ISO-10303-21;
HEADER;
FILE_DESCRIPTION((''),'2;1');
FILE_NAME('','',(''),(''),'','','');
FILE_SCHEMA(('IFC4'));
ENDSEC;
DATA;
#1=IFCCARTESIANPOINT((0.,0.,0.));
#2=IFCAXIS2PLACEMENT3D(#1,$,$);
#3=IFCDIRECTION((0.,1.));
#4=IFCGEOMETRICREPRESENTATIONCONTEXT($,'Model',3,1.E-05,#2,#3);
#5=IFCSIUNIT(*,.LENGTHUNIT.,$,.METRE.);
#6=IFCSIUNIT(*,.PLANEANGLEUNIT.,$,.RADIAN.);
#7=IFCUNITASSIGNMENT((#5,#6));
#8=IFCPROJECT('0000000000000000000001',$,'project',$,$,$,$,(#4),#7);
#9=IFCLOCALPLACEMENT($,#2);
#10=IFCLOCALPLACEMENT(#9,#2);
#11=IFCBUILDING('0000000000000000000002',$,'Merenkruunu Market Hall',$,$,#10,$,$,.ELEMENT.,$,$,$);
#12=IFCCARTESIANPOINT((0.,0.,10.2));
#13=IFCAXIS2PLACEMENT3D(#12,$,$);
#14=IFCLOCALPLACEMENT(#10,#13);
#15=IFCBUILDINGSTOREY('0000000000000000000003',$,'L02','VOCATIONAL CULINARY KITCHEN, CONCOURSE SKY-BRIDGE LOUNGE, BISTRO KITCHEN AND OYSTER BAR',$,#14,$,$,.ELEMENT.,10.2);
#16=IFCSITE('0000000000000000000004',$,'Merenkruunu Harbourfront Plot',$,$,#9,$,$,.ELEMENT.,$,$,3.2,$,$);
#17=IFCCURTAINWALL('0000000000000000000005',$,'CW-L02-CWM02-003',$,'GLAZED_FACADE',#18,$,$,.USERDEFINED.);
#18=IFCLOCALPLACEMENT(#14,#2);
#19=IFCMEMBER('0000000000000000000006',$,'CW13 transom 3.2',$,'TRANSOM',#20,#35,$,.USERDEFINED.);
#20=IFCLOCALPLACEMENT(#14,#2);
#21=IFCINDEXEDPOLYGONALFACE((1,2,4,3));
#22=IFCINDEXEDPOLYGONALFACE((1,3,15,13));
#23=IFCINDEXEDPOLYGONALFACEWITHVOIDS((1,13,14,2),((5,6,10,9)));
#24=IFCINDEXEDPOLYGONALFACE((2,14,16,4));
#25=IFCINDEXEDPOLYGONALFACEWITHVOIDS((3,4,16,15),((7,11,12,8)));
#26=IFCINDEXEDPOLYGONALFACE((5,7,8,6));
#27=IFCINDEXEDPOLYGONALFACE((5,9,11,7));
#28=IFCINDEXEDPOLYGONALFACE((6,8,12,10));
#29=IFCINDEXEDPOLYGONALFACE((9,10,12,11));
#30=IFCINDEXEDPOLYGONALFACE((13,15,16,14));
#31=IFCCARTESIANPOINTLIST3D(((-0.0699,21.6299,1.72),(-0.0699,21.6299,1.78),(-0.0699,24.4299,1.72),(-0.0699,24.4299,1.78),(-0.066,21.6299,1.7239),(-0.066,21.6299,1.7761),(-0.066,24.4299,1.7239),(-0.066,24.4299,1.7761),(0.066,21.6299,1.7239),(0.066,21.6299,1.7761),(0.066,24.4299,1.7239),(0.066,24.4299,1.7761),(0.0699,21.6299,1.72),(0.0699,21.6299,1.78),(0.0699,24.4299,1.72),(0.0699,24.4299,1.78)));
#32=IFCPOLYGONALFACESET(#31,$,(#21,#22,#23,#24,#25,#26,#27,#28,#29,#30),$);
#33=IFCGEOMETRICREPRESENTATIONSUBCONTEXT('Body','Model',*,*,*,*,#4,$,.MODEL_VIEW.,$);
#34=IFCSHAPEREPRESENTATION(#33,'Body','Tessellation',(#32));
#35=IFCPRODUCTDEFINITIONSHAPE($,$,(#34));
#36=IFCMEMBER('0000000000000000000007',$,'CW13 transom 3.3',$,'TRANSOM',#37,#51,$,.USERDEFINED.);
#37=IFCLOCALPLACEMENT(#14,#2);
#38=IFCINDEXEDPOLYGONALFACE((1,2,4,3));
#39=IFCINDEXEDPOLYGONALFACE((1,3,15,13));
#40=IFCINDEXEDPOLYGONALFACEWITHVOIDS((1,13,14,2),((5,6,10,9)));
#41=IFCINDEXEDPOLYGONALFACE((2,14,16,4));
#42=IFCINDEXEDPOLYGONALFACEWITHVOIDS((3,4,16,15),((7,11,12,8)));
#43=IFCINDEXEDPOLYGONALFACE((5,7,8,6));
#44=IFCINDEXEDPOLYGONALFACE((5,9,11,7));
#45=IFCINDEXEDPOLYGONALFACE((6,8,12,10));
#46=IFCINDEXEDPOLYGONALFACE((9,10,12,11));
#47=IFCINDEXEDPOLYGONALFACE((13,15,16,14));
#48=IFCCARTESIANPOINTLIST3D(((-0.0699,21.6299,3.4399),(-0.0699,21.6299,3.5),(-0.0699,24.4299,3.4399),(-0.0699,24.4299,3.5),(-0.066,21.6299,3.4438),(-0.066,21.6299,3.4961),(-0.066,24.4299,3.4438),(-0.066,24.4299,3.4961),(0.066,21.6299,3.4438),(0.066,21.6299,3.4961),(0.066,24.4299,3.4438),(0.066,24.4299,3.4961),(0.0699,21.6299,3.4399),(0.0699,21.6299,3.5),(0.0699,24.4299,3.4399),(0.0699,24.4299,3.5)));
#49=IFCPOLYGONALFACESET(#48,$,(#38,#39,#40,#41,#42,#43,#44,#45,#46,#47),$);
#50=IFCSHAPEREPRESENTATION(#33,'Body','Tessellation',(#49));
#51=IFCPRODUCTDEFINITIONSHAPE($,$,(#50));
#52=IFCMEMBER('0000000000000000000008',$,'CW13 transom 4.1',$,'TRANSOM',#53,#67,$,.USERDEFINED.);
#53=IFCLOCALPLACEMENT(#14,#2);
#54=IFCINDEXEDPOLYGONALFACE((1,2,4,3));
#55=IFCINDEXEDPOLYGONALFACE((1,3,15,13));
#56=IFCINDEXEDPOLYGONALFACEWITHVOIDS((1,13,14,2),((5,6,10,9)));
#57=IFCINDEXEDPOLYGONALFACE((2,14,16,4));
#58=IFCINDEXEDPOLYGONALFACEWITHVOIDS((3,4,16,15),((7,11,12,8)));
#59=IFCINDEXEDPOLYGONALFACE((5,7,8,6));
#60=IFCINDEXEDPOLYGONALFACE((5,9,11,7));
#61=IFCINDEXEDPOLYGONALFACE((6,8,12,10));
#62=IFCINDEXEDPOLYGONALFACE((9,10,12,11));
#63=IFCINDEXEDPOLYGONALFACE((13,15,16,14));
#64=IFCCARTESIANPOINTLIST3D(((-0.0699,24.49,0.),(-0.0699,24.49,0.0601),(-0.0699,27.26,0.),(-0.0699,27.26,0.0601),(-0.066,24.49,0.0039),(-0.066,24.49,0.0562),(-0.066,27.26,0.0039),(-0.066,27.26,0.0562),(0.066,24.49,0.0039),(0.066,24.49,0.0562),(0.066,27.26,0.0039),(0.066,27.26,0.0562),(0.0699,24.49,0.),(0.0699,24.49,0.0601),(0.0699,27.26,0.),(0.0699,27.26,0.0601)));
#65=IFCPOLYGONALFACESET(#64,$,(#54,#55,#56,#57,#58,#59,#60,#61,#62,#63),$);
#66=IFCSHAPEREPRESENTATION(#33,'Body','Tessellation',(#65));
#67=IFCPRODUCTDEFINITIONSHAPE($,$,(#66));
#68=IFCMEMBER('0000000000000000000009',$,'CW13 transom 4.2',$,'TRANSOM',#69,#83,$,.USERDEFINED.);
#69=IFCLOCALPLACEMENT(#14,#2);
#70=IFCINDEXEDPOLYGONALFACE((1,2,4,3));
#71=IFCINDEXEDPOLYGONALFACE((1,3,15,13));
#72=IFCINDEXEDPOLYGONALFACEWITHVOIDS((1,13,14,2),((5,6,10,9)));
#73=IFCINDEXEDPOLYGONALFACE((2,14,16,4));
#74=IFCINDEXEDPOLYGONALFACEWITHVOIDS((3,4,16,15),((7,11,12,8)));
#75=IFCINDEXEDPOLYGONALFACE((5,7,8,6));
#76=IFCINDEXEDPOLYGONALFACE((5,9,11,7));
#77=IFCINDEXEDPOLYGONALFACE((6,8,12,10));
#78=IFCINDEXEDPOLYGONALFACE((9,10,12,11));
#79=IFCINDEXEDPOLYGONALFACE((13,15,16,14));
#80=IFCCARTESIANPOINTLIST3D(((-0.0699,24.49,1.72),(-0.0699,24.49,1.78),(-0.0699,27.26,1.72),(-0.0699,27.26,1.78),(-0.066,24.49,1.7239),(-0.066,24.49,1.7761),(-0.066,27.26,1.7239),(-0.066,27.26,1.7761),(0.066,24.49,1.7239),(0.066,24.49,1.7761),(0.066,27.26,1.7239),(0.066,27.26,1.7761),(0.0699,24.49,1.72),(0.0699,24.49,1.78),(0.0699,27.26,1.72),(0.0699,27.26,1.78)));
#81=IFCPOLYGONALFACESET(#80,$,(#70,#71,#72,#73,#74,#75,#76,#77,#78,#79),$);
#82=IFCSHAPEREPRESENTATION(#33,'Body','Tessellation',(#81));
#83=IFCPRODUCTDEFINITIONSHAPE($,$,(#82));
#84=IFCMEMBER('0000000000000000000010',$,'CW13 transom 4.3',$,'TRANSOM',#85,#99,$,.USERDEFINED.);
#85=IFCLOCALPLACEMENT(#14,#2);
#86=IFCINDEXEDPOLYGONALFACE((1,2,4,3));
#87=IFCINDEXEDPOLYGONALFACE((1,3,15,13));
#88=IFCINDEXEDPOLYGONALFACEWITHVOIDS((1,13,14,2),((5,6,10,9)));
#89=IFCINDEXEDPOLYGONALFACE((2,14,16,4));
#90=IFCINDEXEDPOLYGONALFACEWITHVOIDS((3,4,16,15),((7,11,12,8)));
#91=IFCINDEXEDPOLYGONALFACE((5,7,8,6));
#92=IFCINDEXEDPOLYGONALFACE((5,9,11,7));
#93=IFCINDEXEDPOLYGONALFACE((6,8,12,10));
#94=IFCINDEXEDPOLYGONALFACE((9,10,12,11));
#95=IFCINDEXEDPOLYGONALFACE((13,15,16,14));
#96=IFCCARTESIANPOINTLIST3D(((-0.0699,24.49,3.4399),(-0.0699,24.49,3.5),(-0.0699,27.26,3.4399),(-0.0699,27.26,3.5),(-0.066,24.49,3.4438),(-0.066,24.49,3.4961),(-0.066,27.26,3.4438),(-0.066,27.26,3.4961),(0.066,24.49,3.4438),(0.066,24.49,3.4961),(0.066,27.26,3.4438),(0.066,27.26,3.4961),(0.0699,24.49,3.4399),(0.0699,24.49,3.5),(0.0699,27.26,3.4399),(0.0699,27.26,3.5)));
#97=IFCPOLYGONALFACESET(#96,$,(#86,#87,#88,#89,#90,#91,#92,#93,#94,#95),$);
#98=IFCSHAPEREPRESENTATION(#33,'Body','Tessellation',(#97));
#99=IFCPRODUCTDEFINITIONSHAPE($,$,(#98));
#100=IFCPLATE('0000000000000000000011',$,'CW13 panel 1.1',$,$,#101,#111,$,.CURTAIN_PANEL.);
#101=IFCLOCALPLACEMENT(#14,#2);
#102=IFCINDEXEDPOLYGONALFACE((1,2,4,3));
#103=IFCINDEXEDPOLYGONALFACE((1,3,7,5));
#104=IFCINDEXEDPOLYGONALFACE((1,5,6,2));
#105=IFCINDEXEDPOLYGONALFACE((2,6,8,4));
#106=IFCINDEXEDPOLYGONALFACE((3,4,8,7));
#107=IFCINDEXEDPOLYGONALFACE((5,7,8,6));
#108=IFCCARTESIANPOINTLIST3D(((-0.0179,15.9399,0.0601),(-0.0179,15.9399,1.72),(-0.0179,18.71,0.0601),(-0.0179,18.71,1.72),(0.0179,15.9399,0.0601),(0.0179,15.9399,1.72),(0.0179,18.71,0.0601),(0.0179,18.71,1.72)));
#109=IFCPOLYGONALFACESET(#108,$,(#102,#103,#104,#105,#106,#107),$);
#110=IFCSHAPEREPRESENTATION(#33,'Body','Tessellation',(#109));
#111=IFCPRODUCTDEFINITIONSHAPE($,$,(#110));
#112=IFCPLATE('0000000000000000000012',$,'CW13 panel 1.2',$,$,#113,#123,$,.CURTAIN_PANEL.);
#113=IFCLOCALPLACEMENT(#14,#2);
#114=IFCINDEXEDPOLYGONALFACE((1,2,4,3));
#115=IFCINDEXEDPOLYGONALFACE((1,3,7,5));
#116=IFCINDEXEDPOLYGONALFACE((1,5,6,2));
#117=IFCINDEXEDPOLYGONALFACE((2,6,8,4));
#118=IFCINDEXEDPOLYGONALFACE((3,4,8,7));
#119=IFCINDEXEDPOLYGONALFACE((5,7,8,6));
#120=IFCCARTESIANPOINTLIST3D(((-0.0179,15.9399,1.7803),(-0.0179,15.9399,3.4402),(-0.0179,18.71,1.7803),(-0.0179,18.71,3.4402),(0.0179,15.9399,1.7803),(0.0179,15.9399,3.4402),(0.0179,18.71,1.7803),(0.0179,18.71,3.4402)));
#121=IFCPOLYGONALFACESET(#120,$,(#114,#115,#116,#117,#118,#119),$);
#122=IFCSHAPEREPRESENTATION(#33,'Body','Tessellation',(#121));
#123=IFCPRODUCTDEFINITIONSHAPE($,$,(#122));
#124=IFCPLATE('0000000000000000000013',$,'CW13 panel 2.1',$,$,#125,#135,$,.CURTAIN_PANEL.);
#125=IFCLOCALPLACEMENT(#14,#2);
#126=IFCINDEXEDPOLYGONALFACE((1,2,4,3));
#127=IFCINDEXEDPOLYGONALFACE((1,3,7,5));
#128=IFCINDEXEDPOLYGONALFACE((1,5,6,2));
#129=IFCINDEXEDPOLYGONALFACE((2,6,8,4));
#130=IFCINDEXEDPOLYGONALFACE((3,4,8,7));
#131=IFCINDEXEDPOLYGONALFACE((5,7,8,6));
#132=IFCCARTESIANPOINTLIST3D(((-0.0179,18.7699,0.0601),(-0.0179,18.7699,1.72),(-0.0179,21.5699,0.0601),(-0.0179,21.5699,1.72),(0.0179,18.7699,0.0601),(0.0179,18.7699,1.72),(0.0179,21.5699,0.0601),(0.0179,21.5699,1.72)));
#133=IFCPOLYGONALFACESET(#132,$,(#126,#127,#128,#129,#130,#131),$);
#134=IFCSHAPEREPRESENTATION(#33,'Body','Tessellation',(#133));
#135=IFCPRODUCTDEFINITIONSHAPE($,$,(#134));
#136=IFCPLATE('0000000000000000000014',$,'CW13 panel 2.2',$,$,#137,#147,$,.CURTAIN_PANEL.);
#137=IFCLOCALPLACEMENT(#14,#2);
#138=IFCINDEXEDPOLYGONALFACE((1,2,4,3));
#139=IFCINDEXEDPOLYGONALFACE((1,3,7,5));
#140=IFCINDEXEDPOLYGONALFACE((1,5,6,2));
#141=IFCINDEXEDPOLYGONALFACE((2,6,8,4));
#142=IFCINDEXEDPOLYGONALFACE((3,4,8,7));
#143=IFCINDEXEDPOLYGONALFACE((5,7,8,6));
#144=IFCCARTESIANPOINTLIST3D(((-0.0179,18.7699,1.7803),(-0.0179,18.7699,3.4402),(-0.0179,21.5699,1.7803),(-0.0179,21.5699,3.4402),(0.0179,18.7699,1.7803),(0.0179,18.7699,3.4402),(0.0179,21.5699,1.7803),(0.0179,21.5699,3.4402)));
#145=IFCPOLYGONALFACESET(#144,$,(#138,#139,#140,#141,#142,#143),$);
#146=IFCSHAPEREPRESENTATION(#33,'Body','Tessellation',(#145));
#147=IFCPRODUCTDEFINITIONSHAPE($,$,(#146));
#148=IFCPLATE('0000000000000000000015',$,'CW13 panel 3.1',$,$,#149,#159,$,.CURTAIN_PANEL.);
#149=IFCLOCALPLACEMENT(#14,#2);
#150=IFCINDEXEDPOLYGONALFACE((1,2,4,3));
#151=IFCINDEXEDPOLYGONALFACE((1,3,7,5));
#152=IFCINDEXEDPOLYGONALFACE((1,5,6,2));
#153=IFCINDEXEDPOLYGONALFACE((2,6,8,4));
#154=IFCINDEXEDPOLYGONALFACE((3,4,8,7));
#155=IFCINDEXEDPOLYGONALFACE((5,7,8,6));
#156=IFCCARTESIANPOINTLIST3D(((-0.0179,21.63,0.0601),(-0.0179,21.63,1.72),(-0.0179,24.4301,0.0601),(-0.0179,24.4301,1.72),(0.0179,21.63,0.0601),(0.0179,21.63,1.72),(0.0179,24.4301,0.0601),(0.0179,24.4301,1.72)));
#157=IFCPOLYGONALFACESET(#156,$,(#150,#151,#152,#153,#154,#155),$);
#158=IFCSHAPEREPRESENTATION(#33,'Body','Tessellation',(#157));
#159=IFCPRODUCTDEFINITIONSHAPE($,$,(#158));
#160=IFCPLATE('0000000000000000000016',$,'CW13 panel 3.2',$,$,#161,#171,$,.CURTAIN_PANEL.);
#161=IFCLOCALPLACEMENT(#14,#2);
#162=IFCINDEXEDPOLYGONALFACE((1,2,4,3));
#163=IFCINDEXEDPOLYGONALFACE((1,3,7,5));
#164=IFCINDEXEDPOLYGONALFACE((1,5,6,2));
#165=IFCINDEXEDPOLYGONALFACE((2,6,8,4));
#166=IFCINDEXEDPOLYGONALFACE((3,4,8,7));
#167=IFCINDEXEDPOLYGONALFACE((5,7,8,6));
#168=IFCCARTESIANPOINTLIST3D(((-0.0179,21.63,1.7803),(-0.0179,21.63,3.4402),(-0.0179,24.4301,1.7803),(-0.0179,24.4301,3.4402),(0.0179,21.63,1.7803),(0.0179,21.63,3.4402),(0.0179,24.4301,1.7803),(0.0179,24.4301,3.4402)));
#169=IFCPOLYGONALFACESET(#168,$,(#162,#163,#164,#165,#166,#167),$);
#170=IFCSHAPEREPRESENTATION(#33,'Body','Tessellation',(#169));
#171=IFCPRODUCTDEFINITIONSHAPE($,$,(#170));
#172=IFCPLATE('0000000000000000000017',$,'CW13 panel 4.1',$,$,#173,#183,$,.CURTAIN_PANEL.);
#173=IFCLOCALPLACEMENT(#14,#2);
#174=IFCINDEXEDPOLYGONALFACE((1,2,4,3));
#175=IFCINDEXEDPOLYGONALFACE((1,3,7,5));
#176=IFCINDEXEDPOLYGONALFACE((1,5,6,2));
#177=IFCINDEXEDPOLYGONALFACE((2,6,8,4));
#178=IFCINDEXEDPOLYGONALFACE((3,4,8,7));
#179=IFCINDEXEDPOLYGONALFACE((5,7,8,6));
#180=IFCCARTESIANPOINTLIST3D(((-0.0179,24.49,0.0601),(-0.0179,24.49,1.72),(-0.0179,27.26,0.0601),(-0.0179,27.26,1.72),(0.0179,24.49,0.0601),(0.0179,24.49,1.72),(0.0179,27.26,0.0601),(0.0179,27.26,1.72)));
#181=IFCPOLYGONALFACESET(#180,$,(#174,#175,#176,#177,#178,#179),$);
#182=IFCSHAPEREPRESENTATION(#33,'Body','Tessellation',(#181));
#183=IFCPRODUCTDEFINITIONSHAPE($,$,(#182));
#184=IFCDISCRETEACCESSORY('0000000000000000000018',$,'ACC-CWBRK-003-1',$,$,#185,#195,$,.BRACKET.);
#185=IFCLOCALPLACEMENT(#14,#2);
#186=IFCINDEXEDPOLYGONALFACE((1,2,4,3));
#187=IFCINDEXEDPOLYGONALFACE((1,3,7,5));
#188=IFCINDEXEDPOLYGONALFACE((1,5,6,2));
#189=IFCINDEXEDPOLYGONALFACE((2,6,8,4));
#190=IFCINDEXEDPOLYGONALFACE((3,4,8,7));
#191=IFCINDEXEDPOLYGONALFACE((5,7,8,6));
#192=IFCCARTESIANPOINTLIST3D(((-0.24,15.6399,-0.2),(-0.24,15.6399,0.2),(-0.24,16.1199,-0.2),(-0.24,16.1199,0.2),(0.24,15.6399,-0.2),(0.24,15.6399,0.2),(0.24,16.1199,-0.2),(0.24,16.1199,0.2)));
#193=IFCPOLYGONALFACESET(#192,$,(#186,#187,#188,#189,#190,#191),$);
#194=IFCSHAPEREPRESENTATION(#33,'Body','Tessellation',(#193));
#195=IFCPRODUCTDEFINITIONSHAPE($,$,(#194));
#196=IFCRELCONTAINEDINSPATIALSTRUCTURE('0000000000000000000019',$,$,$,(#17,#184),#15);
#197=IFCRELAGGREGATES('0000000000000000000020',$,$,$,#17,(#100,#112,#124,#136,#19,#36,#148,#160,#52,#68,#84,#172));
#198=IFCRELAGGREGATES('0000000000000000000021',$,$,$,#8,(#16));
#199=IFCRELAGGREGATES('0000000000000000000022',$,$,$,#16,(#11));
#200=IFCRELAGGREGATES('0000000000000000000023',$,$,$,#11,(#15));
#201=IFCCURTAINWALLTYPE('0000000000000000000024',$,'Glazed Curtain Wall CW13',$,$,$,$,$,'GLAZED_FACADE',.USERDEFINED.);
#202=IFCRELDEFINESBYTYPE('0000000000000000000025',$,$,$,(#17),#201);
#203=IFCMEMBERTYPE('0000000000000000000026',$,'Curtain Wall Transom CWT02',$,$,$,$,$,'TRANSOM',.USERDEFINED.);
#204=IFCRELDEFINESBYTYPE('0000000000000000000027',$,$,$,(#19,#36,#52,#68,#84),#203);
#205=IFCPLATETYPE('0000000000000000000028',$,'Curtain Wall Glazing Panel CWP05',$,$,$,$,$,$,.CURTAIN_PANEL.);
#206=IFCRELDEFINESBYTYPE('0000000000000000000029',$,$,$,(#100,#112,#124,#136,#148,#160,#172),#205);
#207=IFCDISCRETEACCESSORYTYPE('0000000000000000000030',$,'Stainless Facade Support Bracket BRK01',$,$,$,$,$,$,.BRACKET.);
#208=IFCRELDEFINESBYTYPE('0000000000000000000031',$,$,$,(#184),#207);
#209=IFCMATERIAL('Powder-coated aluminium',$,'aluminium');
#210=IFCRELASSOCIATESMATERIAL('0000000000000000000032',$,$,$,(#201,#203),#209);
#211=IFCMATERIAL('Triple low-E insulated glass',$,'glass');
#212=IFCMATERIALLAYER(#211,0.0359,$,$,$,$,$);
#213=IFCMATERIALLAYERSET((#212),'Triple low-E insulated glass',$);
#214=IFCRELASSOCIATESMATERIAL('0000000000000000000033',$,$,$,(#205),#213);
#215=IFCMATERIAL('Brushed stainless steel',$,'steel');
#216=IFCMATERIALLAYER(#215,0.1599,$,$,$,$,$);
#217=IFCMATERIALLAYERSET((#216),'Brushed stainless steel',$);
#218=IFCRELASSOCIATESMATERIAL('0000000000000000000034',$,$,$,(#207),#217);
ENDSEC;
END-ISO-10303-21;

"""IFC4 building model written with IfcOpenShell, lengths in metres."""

from ifc_helpers import new_model, si_unit, direction, frame, origin, origin_2d, place, context, subcontext, project, spatial, rectangle, hollow_rectangle, extrude, material, layer, layer_set, material_profile, profile_set, type_object, element, aggregate, save


model = new_model("IFC4")

# Units and contexts
model_context = context("Model", 3, precision=1e-05, world=origin(), true_north=direction((0.0, 1.0)))
body_context = subcontext(model_context, "Body", "Model", "MODEL_VIEW")
ifc_project = project(units=[si_unit("LENGTHUNIT", "METRE"), si_unit("PLANEANGLEUNIT", "RADIAN")], contexts=[model_context])

# Site, building, storey
site_placement = place(None, origin())
site = spatial("IfcSite", under=ifc_project, at=site_placement, Name="Merenkruunu Harbourfront Plot", CompositionType="ELEMENT", RefElevation=3.2)
building_placement = place(site_placement, origin())
building = spatial("IfcBuilding", under=site, at=building_placement, Name="Merenkruunu Market Hall", CompositionType="ELEMENT")
storey_placement = place(building_placement, frame((0.0, 0.0, 10.2)))
storey = spatial("IfcBuildingStorey", under=building, at=storey_placement, Name="L02", Description="VOCATIONAL CULINARY KITCHEN, CONCOURSE SKY-BRIDGE LOUNGE, BISTRO KITCHEN AND OYSTER BAR", CompositionType="ELEMENT", Elevation=10.2)

# Curtain wall, members, plates
ifc_material_1 = material(Name="Powder-coated aluminium", Category="aluminium")
curtain_wall_type = type_object("IfcCurtainWallType", Name="Glazed Curtain Wall CW13", ElementType="GLAZED_FACADE", PredefinedType="USERDEFINED", material=ifc_material_1)
curtain_wall_placement = place(storey_placement, origin())
curtain_wall = element("IfcCurtainWall", 1, at=curtain_wall_placement, inside=storey, type_object=curtain_wall_type, Name="CW-L02-CWM02-003", ObjectType="GLAZED_FACADE", PredefinedType="USERDEFINED")
ifc_material_profile_1 = material_profile(ifc_material_1, hollow_rectangle(XDim=0.0601, YDim=0.1399, WallThickness=0.0039, at=origin_2d()), Name="ALU 60x140x4")
ifc_profile_set_1 = profile_set([ifc_material_profile_1], Name="Powder-coated aluminium")
member_type_1 = type_object("IfcMemberType", Name="Curtain Wall Transom CWT02", ElementType="TRANSOM", PredefinedType="USERDEFINED", material=ifc_profile_set_1)
member_1_placement = place(storey_placement, frame((0.0, 21.6299, 1.75), z_axis=(0.0, 1.0, 0.0), x_axis=(0.0, 0.0, 1.0)))
member_1 = element("IfcMember", 2, at=member_1_placement, type_object=member_type_1, Name="CW13 transom 3.2", ObjectType="TRANSOM", PredefinedType="USERDEFINED", context=body_context, shape_type="SweptSolid", body=[
    extrude(hollow_rectangle(XDim=0.0601, YDim=0.1399, WallThickness=0.0039, at=origin_2d()), origin(), (0.0, 0.0, 1.0), 2.8),
])
member_2_placement = place(storey_placement, frame((0.0, 21.6299, 3.47), z_axis=(0.0, 1.0, 0.0), x_axis=(0.0, 0.0, 1.0)))
member_2 = element("IfcMember", 3, at=member_2_placement, type_object=member_type_1, Name="CW13 transom 3.3", ObjectType="TRANSOM", PredefinedType="USERDEFINED", context=body_context, shape_type="SweptSolid", body=[
    extrude(hollow_rectangle(XDim=0.0601, YDim=0.1399, WallThickness=0.0039, at=origin_2d()), origin(), (0.0, 0.0, 1.0), 2.8),
])
member_3_placement = place(storey_placement, frame((0.0, 24.49, 0.03), z_axis=(0.0, 1.0, 0.0), x_axis=(0.0, 0.0, 1.0)))
member_3 = element("IfcMember", 4, at=member_3_placement, type_object=member_type_1, Name="CW13 transom 4.1", ObjectType="TRANSOM", PredefinedType="USERDEFINED", context=body_context, shape_type="SweptSolid", body=[
    extrude(hollow_rectangle(XDim=0.0601, YDim=0.1399, WallThickness=0.0039, at=origin_2d()), origin(), (0.0, 0.0, 1.0), 2.77),
])
member_4_placement = place(storey_placement, frame((0.0, 24.49, 1.75), z_axis=(0.0, 1.0, 0.0), x_axis=(0.0, 0.0, 1.0)))
member_4 = element("IfcMember", 5, at=member_4_placement, type_object=member_type_1, Name="CW13 transom 4.2", ObjectType="TRANSOM", PredefinedType="USERDEFINED", context=body_context, shape_type="SweptSolid", body=[
    extrude(hollow_rectangle(XDim=0.0601, YDim=0.1399, WallThickness=0.0039, at=origin_2d()), origin(), (0.0, 0.0, 1.0), 2.77),
])
member_5_placement = place(storey_placement, frame((0.0, 24.49, 3.47), z_axis=(0.0, 1.0, 0.0), x_axis=(0.0, 0.0, 1.0)))
member_5 = element("IfcMember", 6, at=member_5_placement, type_object=member_type_1, Name="CW13 transom 4.3", ObjectType="TRANSOM", PredefinedType="USERDEFINED", context=body_context, shape_type="SweptSolid", body=[
    extrude(hollow_rectangle(XDim=0.0601, YDim=0.1399, WallThickness=0.0039, at=origin_2d()), origin(), (0.0, 0.0, 1.0), 2.77),
])
ifc_material_2 = material(Name="Triple low-E insulated glass", Category="glass")
ifc_layer_1 = layer(ifc_material_2, 0.0359)
ifc_layer_set_1 = layer_set([ifc_layer_1], Name="Triple low-E insulated glass")
plate_type = type_object("IfcPlateType", Name="Curtain Wall Glazing Panel CWP05", PredefinedType="CURTAIN_PANEL", material=ifc_layer_set_1)
plate_1_placement = place(storey_placement, frame((0.0, 17.325, 0.0601), z_axis=(0.0, 0.0, 1.0), x_axis=(0.0, 1.0, 0.0)))
plate_1 = element("IfcPlate", 7, at=plate_1_placement, type_object=plate_type, Name="CW13 panel 1.1", PredefinedType="CURTAIN_PANEL", context=body_context, shape_type="SweptSolid", body=[
    extrude(rectangle(XDim=2.77, YDim=0.0359, at=origin_2d()), origin(), (0.0, 0.0, 1.0), 1.6599),
])
plate_2_placement = place(storey_placement, frame((0.0, 17.325, 1.7803), z_axis=(0.0, 0.0, 1.0), x_axis=(0.0, 1.0, 0.0)))
plate_2 = element("IfcPlate", 8, at=plate_2_placement, type_object=plate_type, Name="CW13 panel 1.2", PredefinedType="CURTAIN_PANEL", context=body_context, shape_type="SweptSolid", body=[
    extrude(rectangle(XDim=2.77, YDim=0.0359, at=origin_2d()), origin(), (0.0, 0.0, 1.0), 1.6599),
])
plate_3_placement = place(storey_placement, frame((0.0, 20.1699, 0.0601), z_axis=(0.0, 0.0, 1.0), x_axis=(0.0, 1.0, 0.0)))
plate_3 = element("IfcPlate", 9, at=plate_3_placement, type_object=plate_type, Name="CW13 panel 2.1", PredefinedType="CURTAIN_PANEL", context=body_context, shape_type="SweptSolid", body=[
    extrude(rectangle(XDim=2.8, YDim=0.0359, at=origin_2d()), origin(), (0.0, 0.0, 1.0), 1.6599),
])
plate_4_placement = place(storey_placement, frame((0.0, 20.1699, 1.7803), z_axis=(0.0, 0.0, 1.0), x_axis=(0.0, 1.0, 0.0)))
plate_4 = element("IfcPlate", 10, at=plate_4_placement, type_object=plate_type, Name="CW13 panel 2.2", PredefinedType="CURTAIN_PANEL", context=body_context, shape_type="SweptSolid", body=[
    extrude(rectangle(XDim=2.8, YDim=0.0359, at=origin_2d()), origin(), (0.0, 0.0, 1.0), 1.6599),
])
plate_5_placement = place(storey_placement, frame((0.0, 23.03, 0.0601), z_axis=(0.0, 0.0, 1.0), x_axis=(0.0, 1.0, 0.0)))
plate_5 = element("IfcPlate", 11, at=plate_5_placement, type_object=plate_type, Name="CW13 panel 3.1", PredefinedType="CURTAIN_PANEL", context=body_context, shape_type="SweptSolid", body=[
    extrude(rectangle(XDim=2.8, YDim=0.0359, at=origin_2d()), origin(), (0.0, 0.0, 1.0), 1.6599),
])
plate_6_placement = place(storey_placement, frame((0.0, 23.03, 1.7803), z_axis=(0.0, 0.0, 1.0), x_axis=(0.0, 1.0, 0.0)))
plate_6 = element("IfcPlate", 12, at=plate_6_placement, type_object=plate_type, Name="CW13 panel 3.2", PredefinedType="CURTAIN_PANEL", context=body_context, shape_type="SweptSolid", body=[
    extrude(rectangle(XDim=2.8, YDim=0.0359, at=origin_2d()), origin(), (0.0, 0.0, 1.0), 1.6599),
])
plate_7_placement = place(storey_placement, frame((0.0, 25.875, 0.0601), z_axis=(0.0, 0.0, 1.0), x_axis=(0.0, 1.0, 0.0)))
plate_7 = element("IfcPlate", 13, at=plate_7_placement, type_object=plate_type, Name="CW13 panel 4.1", PredefinedType="CURTAIN_PANEL", context=body_context, shape_type="SweptSolid", body=[
    extrude(rectangle(XDim=2.77, YDim=0.0359, at=origin_2d()), origin(), (0.0, 0.0, 1.0), 1.6599),
])
aggregate(curtain_wall, [plate_1, plate_2, plate_3, plate_4, member_1, member_2, plate_5, plate_6, member_3, member_4, member_5, plate_7])

# Discrete accessory
ifc_material_3 = material(Name="Brushed stainless steel", Category="steel")
ifc_layer_2 = layer(ifc_material_3, 0.1599)
ifc_layer_set_2 = layer_set([ifc_layer_2], Name="Brushed stainless steel")
discrete_accessory_type = type_object("IfcDiscreteAccessoryType", Name="Stainless Facade Support Bracket BRK01", PredefinedType="BRACKET", material=ifc_layer_set_2)
for number, where, z_axis, x_axis, name in (
    (14, (0.0, 15.8799, -0.2), (0.0, 0.0, 1.0), (1.0, 0.0, 0.0), "ACC-CWBRK-003-1"),
):
    element("IfcDiscreteAccessory", number, at=place(storey_placement, frame(where, z_axis=z_axis, x_axis=x_axis)), inside=storey, type_object=discrete_accessory_type, Name=name, PredefinedType="BRACKET", context=body_context, shape_type="SweptSolid", body=[
        extrude(rectangle(XDim=0.48, YDim=0.48, at=origin_2d()), origin(), (0.0, 0.0, 1.0), 0.3999),
    ])

save(model, "model.ifc")
